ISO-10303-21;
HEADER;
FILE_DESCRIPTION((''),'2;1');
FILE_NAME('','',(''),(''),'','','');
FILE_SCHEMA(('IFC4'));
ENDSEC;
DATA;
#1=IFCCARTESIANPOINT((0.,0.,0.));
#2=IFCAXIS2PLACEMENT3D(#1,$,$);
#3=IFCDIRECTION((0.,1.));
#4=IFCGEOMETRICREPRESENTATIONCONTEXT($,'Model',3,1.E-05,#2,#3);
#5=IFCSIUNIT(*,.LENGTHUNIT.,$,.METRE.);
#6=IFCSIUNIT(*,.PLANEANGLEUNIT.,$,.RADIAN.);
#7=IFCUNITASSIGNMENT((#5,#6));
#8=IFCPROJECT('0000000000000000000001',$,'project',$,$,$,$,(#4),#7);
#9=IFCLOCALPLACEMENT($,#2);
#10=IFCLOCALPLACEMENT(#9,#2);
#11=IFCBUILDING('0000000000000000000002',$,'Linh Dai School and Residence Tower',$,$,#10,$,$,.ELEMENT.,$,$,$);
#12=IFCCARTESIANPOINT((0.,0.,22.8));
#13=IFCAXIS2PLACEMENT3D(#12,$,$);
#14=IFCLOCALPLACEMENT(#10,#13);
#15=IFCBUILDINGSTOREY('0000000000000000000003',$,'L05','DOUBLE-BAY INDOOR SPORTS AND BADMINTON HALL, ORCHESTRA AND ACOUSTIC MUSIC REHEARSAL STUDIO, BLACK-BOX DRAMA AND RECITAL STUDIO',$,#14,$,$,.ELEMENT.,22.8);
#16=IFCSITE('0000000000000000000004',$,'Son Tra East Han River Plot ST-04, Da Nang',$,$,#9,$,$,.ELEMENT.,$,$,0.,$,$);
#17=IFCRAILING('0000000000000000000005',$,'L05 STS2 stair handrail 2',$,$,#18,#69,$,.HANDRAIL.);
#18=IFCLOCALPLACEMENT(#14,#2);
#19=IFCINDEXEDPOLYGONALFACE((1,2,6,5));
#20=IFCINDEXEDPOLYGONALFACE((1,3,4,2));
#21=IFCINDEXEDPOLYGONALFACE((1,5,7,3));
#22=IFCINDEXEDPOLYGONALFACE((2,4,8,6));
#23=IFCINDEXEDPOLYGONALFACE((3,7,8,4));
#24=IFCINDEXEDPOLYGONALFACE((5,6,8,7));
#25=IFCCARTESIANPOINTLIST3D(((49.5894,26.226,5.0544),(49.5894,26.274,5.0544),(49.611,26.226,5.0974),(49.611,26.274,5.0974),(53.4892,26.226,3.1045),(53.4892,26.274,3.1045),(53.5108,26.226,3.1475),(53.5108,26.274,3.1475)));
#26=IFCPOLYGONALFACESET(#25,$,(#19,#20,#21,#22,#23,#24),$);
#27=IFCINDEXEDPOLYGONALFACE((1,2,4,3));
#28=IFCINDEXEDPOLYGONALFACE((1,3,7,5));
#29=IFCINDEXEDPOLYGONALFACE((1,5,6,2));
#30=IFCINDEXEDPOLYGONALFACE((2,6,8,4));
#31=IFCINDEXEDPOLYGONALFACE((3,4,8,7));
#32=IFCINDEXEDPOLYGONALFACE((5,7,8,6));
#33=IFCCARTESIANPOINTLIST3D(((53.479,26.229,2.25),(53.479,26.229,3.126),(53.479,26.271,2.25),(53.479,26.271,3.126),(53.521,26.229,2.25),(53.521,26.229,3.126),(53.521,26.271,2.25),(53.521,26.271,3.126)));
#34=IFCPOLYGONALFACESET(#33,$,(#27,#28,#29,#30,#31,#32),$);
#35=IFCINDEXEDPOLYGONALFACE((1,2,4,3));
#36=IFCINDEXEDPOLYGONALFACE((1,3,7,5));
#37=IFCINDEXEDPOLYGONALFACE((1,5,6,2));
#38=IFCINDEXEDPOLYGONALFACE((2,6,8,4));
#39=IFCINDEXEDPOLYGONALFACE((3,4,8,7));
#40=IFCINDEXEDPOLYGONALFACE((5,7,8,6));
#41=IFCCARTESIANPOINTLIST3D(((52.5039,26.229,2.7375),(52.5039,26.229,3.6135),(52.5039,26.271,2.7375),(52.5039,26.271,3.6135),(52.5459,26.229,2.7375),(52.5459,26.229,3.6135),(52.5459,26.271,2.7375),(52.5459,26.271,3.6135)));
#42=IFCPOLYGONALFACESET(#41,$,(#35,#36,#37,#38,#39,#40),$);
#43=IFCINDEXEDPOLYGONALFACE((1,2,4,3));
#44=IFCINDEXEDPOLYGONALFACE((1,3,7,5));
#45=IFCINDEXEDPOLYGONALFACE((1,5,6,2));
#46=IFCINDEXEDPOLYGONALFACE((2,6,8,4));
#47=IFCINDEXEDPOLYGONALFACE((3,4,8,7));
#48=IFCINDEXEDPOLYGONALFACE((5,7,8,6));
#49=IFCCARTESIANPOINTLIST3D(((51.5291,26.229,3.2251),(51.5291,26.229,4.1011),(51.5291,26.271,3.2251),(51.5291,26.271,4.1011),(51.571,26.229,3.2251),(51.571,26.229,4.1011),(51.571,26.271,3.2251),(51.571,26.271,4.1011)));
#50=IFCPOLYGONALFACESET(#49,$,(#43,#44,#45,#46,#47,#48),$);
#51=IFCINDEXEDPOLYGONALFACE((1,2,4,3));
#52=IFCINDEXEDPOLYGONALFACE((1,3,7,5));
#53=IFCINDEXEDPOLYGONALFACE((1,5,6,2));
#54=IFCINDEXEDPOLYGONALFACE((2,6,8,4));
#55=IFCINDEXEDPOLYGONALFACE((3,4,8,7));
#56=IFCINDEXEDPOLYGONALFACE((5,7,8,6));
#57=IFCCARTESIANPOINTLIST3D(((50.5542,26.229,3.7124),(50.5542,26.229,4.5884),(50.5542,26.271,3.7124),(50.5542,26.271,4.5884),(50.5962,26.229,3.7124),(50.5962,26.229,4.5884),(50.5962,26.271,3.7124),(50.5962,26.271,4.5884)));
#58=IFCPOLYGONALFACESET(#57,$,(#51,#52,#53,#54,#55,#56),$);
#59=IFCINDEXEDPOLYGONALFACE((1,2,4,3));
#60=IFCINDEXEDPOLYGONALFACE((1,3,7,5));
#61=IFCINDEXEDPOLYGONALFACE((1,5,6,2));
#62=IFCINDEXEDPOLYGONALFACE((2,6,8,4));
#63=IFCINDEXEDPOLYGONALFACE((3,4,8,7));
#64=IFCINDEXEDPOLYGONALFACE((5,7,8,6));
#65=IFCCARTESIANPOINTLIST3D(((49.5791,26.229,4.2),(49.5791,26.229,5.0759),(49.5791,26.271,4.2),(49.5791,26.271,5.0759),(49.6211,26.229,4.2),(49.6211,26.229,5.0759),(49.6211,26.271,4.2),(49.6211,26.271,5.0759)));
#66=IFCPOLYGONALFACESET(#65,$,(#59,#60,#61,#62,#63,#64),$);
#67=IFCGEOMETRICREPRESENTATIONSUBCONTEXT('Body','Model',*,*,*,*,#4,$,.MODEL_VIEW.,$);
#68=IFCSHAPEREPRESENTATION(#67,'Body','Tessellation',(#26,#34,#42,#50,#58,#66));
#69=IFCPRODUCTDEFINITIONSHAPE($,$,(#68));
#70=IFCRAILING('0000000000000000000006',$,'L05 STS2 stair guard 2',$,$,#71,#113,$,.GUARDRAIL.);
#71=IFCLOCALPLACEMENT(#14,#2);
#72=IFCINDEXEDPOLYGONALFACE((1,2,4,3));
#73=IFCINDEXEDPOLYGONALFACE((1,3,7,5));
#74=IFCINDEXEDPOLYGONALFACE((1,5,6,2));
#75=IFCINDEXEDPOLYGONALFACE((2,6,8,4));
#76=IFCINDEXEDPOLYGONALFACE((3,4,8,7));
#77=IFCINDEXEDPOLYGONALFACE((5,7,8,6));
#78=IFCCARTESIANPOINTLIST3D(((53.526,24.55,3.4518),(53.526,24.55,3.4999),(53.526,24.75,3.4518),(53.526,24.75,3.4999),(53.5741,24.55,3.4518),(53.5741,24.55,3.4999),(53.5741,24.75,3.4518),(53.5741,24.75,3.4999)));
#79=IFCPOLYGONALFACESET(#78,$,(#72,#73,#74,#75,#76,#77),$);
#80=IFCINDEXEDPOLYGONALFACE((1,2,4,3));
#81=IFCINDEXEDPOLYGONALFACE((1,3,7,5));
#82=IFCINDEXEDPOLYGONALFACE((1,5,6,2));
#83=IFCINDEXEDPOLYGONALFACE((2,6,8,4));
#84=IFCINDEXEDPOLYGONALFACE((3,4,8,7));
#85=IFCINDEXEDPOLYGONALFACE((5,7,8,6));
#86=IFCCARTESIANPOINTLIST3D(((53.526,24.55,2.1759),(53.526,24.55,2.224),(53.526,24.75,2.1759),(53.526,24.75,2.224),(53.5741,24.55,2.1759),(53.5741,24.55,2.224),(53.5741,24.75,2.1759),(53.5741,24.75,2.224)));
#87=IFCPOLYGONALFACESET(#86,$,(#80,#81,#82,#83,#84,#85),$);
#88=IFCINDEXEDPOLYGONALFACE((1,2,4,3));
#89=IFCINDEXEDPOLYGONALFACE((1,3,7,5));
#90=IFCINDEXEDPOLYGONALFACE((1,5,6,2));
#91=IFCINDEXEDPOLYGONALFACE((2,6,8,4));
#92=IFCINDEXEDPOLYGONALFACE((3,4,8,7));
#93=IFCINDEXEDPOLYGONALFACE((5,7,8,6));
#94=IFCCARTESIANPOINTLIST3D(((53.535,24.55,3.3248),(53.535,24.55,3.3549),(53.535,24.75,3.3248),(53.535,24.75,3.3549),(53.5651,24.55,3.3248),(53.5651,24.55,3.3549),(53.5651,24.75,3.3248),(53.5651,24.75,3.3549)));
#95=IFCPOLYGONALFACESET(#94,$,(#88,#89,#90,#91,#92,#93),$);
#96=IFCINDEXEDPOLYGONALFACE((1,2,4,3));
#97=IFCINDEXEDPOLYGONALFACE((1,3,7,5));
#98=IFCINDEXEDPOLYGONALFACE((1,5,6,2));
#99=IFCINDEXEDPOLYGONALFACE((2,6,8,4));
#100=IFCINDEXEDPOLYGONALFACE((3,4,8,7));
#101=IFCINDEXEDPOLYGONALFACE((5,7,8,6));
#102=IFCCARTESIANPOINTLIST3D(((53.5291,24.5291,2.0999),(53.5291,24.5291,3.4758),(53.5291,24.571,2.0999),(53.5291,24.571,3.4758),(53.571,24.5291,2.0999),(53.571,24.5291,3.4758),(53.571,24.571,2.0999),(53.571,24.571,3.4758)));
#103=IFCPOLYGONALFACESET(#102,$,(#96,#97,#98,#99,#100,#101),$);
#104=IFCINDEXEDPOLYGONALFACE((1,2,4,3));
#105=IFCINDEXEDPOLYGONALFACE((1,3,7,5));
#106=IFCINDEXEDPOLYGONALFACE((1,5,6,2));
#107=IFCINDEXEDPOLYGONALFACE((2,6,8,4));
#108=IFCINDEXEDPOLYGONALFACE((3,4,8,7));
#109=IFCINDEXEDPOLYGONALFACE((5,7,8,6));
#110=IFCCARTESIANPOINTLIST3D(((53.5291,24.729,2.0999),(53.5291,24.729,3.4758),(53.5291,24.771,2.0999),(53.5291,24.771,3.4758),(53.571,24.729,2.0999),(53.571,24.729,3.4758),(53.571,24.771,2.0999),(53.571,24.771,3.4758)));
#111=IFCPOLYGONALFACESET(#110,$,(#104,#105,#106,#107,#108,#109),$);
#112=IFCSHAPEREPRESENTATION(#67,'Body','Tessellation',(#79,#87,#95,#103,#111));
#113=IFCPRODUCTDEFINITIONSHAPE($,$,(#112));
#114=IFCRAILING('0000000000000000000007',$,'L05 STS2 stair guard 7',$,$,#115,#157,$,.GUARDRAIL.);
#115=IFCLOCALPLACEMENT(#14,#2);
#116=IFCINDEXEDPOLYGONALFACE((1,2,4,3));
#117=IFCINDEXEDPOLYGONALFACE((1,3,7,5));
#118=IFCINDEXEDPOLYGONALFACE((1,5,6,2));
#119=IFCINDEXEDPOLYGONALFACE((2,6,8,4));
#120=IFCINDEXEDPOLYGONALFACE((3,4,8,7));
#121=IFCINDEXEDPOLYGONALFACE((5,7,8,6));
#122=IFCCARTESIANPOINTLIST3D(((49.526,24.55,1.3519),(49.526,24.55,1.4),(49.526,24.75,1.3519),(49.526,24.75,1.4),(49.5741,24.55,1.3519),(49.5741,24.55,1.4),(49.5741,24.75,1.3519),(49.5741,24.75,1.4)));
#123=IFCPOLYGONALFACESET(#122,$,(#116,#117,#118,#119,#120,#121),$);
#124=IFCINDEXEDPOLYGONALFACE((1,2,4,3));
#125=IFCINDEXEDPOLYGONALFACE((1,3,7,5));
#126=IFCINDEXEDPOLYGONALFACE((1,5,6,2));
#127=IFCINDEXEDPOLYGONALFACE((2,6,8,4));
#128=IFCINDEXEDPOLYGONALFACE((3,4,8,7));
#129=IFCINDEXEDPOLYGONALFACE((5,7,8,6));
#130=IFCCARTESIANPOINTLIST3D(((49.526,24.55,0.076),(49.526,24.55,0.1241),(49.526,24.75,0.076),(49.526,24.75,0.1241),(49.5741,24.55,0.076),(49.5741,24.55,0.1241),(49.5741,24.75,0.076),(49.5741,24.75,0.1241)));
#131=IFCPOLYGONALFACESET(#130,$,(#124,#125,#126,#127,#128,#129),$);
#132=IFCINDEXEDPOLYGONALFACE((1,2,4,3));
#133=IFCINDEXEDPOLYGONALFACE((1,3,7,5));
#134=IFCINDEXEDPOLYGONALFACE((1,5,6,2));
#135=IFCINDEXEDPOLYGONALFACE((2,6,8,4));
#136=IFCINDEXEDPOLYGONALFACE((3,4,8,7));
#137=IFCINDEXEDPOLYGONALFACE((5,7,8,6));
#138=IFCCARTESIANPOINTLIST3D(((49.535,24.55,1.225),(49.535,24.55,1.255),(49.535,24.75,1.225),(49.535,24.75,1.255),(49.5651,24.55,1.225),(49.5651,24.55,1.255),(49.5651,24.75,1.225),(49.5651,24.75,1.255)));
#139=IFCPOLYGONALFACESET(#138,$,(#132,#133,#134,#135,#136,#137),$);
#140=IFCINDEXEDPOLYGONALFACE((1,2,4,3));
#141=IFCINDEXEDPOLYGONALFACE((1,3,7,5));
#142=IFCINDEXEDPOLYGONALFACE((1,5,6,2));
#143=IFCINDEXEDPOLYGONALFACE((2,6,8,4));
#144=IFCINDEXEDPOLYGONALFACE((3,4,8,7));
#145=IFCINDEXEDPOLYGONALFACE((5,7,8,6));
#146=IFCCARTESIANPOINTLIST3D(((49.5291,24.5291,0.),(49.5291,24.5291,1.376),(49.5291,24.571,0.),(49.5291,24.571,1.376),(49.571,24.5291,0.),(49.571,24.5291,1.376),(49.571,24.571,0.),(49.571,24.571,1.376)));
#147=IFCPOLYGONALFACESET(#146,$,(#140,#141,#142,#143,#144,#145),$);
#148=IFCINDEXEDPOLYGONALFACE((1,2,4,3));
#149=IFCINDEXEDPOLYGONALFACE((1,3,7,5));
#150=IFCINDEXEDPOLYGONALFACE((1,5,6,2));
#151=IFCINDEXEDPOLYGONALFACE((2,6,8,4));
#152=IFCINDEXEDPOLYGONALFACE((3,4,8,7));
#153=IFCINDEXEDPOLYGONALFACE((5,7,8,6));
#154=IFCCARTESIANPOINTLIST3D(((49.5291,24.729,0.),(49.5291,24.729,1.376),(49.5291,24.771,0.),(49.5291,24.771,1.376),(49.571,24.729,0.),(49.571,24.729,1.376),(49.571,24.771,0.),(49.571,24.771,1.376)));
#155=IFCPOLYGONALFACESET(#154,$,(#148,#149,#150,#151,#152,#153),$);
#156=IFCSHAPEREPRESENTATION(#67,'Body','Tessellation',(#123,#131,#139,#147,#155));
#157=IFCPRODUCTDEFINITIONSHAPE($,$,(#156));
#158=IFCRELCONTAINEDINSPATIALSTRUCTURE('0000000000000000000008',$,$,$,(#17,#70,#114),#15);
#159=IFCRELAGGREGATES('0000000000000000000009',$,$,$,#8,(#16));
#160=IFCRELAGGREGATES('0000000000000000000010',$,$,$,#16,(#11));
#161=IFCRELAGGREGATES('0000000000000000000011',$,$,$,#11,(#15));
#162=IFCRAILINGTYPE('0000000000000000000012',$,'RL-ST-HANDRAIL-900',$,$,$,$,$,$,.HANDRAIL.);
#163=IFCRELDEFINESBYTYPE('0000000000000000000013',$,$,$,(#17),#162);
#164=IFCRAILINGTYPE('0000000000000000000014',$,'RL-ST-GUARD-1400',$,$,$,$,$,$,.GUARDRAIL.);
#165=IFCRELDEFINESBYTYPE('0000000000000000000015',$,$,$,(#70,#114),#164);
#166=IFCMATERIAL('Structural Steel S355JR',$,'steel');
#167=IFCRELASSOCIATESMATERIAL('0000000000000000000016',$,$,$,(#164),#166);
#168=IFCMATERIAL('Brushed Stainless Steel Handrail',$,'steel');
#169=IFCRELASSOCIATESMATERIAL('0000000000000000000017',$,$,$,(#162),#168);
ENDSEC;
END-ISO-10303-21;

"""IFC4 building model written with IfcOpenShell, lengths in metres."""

from ifc_helpers import new_model, si_unit, direction, frame, origin, origin_2d, place, context, subcontext, project, spatial, rectangle, extrude, source, transform, mapped, material, type_object, element, save


model = new_model("IFC4")

# Units and contexts
model_context = context("Model", 3, precision=1e-05, world=origin(), true_north=direction((0.0, 1.0)))
body_context = subcontext(model_context, "Body", "Model", "MODEL_VIEW")
ifc_project = project(units=[si_unit("LENGTHUNIT", "METRE"), si_unit("PLANEANGLEUNIT", "RADIAN")], contexts=[model_context])

# Site, building, storey
site_placement = place(None, origin())
site = spatial("IfcSite", under=ifc_project, at=site_placement, Name="Son Tra East Han River Plot ST-04, Da Nang", CompositionType="ELEMENT", RefElevation=0.0)
building_placement = place(site_placement, origin())
building = spatial("IfcBuilding", under=site, at=building_placement, Name="Linh Dai School and Residence Tower", CompositionType="ELEMENT")
storey_placement = place(building_placement, frame((0.0, 0.0, 22.8)))
storey = spatial("IfcBuildingStorey", under=building, at=storey_placement, Name="L05", Description="DOUBLE-BAY INDOOR SPORTS AND BADMINTON HALL, ORCHESTRA AND ACOUSTIC MUSIC REHEARSAL STUDIO, BLACK-BOX DRAMA AND RECITAL STUDIO", CompositionType="ELEMENT", Elevation=22.8)

# Shared definitions
ifc_material_1 = material(Name="Structural Steel S355JR", Category="steel")

# Railings
railing_type_1 = type_object("IfcRailingType", Name="RL-ST-GUARD-1400", PredefinedType="GUARDRAIL", material=ifc_material_1)
ifc_material_2 = material(Name="Brushed Stainless Steel Handrail", Category="steel")
railing_type_2 = type_object("IfcRailingType", Name="RL-ST-HANDRAIL-900", PredefinedType="HANDRAIL", material=ifc_material_2)
shared_shape_1 = source(origin(), body_context, "Body", "SweptSolid", [
    extrude(rectangle(XDim=0.0481, YDim=0.0481, at=origin_2d()), frame((0.0, 0.0, 0.876), z_axis=(-0.894427, 0.0, 0.447214), x_axis=(0.0, -1.0, 0.0)), (0.0, 0.0, 1.0), 4.3601),
    extrude(rectangle(XDim=0.042, YDim=0.042, at=origin_2d()), origin(), (0.0, 0.0, 1.0), 0.876),
    extrude(rectangle(XDim=0.042, YDim=0.042, at=origin_2d()), frame((-0.9751, 0.0, 0.4875)), (0.0, 0.0, 1.0), 0.876),
    extrude(rectangle(XDim=0.042, YDim=0.042, at=origin_2d()), frame((-1.95, 0.0, 0.9751)), (0.0, 0.0, 1.0), 0.876),
    extrude(rectangle(XDim=0.042, YDim=0.042, at=origin_2d()), frame((-2.9248, 0.0, 1.4624)), (0.0, 0.0, 1.0), 0.876),
    extrude(rectangle(XDim=0.042, YDim=0.042, at=origin_2d()), frame((-3.8999, 0.0, 1.95)), (0.0, 0.0, 1.0), 0.876),
])
railing_1_placement = place(storey_placement, frame((53.5, 26.25, 2.25)))
element("IfcRailing", 1, at=railing_1_placement, inside=storey, type_object=railing_type_2, Name="L05 STS2 stair handrail 2", PredefinedType="HANDRAIL", context=body_context, shape_type="MappedRepresentation", body=[
    mapped(shared_shape_1, transform((0.0, 0.0, 0.0), x_axis=(1.0, 0.0, 0.0), y_axis=(0.0, 1.0, 0.0), z_axis=(0.0, 0.0, 1.0), scale=1.0)),
])
shared_shape_2 = source(origin(), body_context, "Body", "SweptSolid", [
    extrude(rectangle(XDim=0.0481, YDim=0.0481, at=origin_2d()), frame((0.0, 0.0, 1.376), z_axis=(0.0, 1.0, 0.0), x_axis=(-1.0, 0.0, 0.0)), (0.0, 0.0, 1.0), 0.2),
    extrude(rectangle(XDim=0.0481, YDim=0.0481, at=origin_2d()), frame((0.0, 0.0, 0.1001), z_axis=(0.0, 1.0, 0.0), x_axis=(-1.0, 0.0, 0.0)), (0.0, 0.0, 1.0), 0.2),
    extrude(rectangle(XDim=0.03, YDim=0.03, at=origin_2d()), frame((0.0, 0.0, 1.24), z_axis=(0.0, 1.0, 0.0), x_axis=(-1.0, 0.0, 0.0)), (0.0, 0.0, 1.0), 0.2),
    extrude(rectangle(XDim=0.042, YDim=0.042, at=origin_2d()), origin(), (0.0, 0.0, 1.0), 1.376),
    extrude(rectangle(XDim=0.042, YDim=0.042, at=origin_2d()), frame((0.0, 0.2, 0.0)), (0.0, 0.0, 1.0), 1.376),
])
for number, where, name in (
    (2, (53.55, 24.55, 2.0999), "L05 STS2 stair guard 2"),
    (3, (49.55, 24.55, 0.0), "L05 STS2 stair guard 7"),
):
    element("IfcRailing", number, at=place(storey_placement, frame(where)), inside=storey, type_object=railing_type_1, Name=name, PredefinedType="GUARDRAIL", context=body_context, shape_type="MappedRepresentation", body=[
        mapped(shared_shape_2, transform((0.0, 0.0, 0.0), x_axis=(1.0, 0.0, 0.0), y_axis=(0.0, 1.0, 0.0), z_axis=(0.0, 0.0, 1.0), scale=1.0)),
    ])

save(model, "model.ifc")
